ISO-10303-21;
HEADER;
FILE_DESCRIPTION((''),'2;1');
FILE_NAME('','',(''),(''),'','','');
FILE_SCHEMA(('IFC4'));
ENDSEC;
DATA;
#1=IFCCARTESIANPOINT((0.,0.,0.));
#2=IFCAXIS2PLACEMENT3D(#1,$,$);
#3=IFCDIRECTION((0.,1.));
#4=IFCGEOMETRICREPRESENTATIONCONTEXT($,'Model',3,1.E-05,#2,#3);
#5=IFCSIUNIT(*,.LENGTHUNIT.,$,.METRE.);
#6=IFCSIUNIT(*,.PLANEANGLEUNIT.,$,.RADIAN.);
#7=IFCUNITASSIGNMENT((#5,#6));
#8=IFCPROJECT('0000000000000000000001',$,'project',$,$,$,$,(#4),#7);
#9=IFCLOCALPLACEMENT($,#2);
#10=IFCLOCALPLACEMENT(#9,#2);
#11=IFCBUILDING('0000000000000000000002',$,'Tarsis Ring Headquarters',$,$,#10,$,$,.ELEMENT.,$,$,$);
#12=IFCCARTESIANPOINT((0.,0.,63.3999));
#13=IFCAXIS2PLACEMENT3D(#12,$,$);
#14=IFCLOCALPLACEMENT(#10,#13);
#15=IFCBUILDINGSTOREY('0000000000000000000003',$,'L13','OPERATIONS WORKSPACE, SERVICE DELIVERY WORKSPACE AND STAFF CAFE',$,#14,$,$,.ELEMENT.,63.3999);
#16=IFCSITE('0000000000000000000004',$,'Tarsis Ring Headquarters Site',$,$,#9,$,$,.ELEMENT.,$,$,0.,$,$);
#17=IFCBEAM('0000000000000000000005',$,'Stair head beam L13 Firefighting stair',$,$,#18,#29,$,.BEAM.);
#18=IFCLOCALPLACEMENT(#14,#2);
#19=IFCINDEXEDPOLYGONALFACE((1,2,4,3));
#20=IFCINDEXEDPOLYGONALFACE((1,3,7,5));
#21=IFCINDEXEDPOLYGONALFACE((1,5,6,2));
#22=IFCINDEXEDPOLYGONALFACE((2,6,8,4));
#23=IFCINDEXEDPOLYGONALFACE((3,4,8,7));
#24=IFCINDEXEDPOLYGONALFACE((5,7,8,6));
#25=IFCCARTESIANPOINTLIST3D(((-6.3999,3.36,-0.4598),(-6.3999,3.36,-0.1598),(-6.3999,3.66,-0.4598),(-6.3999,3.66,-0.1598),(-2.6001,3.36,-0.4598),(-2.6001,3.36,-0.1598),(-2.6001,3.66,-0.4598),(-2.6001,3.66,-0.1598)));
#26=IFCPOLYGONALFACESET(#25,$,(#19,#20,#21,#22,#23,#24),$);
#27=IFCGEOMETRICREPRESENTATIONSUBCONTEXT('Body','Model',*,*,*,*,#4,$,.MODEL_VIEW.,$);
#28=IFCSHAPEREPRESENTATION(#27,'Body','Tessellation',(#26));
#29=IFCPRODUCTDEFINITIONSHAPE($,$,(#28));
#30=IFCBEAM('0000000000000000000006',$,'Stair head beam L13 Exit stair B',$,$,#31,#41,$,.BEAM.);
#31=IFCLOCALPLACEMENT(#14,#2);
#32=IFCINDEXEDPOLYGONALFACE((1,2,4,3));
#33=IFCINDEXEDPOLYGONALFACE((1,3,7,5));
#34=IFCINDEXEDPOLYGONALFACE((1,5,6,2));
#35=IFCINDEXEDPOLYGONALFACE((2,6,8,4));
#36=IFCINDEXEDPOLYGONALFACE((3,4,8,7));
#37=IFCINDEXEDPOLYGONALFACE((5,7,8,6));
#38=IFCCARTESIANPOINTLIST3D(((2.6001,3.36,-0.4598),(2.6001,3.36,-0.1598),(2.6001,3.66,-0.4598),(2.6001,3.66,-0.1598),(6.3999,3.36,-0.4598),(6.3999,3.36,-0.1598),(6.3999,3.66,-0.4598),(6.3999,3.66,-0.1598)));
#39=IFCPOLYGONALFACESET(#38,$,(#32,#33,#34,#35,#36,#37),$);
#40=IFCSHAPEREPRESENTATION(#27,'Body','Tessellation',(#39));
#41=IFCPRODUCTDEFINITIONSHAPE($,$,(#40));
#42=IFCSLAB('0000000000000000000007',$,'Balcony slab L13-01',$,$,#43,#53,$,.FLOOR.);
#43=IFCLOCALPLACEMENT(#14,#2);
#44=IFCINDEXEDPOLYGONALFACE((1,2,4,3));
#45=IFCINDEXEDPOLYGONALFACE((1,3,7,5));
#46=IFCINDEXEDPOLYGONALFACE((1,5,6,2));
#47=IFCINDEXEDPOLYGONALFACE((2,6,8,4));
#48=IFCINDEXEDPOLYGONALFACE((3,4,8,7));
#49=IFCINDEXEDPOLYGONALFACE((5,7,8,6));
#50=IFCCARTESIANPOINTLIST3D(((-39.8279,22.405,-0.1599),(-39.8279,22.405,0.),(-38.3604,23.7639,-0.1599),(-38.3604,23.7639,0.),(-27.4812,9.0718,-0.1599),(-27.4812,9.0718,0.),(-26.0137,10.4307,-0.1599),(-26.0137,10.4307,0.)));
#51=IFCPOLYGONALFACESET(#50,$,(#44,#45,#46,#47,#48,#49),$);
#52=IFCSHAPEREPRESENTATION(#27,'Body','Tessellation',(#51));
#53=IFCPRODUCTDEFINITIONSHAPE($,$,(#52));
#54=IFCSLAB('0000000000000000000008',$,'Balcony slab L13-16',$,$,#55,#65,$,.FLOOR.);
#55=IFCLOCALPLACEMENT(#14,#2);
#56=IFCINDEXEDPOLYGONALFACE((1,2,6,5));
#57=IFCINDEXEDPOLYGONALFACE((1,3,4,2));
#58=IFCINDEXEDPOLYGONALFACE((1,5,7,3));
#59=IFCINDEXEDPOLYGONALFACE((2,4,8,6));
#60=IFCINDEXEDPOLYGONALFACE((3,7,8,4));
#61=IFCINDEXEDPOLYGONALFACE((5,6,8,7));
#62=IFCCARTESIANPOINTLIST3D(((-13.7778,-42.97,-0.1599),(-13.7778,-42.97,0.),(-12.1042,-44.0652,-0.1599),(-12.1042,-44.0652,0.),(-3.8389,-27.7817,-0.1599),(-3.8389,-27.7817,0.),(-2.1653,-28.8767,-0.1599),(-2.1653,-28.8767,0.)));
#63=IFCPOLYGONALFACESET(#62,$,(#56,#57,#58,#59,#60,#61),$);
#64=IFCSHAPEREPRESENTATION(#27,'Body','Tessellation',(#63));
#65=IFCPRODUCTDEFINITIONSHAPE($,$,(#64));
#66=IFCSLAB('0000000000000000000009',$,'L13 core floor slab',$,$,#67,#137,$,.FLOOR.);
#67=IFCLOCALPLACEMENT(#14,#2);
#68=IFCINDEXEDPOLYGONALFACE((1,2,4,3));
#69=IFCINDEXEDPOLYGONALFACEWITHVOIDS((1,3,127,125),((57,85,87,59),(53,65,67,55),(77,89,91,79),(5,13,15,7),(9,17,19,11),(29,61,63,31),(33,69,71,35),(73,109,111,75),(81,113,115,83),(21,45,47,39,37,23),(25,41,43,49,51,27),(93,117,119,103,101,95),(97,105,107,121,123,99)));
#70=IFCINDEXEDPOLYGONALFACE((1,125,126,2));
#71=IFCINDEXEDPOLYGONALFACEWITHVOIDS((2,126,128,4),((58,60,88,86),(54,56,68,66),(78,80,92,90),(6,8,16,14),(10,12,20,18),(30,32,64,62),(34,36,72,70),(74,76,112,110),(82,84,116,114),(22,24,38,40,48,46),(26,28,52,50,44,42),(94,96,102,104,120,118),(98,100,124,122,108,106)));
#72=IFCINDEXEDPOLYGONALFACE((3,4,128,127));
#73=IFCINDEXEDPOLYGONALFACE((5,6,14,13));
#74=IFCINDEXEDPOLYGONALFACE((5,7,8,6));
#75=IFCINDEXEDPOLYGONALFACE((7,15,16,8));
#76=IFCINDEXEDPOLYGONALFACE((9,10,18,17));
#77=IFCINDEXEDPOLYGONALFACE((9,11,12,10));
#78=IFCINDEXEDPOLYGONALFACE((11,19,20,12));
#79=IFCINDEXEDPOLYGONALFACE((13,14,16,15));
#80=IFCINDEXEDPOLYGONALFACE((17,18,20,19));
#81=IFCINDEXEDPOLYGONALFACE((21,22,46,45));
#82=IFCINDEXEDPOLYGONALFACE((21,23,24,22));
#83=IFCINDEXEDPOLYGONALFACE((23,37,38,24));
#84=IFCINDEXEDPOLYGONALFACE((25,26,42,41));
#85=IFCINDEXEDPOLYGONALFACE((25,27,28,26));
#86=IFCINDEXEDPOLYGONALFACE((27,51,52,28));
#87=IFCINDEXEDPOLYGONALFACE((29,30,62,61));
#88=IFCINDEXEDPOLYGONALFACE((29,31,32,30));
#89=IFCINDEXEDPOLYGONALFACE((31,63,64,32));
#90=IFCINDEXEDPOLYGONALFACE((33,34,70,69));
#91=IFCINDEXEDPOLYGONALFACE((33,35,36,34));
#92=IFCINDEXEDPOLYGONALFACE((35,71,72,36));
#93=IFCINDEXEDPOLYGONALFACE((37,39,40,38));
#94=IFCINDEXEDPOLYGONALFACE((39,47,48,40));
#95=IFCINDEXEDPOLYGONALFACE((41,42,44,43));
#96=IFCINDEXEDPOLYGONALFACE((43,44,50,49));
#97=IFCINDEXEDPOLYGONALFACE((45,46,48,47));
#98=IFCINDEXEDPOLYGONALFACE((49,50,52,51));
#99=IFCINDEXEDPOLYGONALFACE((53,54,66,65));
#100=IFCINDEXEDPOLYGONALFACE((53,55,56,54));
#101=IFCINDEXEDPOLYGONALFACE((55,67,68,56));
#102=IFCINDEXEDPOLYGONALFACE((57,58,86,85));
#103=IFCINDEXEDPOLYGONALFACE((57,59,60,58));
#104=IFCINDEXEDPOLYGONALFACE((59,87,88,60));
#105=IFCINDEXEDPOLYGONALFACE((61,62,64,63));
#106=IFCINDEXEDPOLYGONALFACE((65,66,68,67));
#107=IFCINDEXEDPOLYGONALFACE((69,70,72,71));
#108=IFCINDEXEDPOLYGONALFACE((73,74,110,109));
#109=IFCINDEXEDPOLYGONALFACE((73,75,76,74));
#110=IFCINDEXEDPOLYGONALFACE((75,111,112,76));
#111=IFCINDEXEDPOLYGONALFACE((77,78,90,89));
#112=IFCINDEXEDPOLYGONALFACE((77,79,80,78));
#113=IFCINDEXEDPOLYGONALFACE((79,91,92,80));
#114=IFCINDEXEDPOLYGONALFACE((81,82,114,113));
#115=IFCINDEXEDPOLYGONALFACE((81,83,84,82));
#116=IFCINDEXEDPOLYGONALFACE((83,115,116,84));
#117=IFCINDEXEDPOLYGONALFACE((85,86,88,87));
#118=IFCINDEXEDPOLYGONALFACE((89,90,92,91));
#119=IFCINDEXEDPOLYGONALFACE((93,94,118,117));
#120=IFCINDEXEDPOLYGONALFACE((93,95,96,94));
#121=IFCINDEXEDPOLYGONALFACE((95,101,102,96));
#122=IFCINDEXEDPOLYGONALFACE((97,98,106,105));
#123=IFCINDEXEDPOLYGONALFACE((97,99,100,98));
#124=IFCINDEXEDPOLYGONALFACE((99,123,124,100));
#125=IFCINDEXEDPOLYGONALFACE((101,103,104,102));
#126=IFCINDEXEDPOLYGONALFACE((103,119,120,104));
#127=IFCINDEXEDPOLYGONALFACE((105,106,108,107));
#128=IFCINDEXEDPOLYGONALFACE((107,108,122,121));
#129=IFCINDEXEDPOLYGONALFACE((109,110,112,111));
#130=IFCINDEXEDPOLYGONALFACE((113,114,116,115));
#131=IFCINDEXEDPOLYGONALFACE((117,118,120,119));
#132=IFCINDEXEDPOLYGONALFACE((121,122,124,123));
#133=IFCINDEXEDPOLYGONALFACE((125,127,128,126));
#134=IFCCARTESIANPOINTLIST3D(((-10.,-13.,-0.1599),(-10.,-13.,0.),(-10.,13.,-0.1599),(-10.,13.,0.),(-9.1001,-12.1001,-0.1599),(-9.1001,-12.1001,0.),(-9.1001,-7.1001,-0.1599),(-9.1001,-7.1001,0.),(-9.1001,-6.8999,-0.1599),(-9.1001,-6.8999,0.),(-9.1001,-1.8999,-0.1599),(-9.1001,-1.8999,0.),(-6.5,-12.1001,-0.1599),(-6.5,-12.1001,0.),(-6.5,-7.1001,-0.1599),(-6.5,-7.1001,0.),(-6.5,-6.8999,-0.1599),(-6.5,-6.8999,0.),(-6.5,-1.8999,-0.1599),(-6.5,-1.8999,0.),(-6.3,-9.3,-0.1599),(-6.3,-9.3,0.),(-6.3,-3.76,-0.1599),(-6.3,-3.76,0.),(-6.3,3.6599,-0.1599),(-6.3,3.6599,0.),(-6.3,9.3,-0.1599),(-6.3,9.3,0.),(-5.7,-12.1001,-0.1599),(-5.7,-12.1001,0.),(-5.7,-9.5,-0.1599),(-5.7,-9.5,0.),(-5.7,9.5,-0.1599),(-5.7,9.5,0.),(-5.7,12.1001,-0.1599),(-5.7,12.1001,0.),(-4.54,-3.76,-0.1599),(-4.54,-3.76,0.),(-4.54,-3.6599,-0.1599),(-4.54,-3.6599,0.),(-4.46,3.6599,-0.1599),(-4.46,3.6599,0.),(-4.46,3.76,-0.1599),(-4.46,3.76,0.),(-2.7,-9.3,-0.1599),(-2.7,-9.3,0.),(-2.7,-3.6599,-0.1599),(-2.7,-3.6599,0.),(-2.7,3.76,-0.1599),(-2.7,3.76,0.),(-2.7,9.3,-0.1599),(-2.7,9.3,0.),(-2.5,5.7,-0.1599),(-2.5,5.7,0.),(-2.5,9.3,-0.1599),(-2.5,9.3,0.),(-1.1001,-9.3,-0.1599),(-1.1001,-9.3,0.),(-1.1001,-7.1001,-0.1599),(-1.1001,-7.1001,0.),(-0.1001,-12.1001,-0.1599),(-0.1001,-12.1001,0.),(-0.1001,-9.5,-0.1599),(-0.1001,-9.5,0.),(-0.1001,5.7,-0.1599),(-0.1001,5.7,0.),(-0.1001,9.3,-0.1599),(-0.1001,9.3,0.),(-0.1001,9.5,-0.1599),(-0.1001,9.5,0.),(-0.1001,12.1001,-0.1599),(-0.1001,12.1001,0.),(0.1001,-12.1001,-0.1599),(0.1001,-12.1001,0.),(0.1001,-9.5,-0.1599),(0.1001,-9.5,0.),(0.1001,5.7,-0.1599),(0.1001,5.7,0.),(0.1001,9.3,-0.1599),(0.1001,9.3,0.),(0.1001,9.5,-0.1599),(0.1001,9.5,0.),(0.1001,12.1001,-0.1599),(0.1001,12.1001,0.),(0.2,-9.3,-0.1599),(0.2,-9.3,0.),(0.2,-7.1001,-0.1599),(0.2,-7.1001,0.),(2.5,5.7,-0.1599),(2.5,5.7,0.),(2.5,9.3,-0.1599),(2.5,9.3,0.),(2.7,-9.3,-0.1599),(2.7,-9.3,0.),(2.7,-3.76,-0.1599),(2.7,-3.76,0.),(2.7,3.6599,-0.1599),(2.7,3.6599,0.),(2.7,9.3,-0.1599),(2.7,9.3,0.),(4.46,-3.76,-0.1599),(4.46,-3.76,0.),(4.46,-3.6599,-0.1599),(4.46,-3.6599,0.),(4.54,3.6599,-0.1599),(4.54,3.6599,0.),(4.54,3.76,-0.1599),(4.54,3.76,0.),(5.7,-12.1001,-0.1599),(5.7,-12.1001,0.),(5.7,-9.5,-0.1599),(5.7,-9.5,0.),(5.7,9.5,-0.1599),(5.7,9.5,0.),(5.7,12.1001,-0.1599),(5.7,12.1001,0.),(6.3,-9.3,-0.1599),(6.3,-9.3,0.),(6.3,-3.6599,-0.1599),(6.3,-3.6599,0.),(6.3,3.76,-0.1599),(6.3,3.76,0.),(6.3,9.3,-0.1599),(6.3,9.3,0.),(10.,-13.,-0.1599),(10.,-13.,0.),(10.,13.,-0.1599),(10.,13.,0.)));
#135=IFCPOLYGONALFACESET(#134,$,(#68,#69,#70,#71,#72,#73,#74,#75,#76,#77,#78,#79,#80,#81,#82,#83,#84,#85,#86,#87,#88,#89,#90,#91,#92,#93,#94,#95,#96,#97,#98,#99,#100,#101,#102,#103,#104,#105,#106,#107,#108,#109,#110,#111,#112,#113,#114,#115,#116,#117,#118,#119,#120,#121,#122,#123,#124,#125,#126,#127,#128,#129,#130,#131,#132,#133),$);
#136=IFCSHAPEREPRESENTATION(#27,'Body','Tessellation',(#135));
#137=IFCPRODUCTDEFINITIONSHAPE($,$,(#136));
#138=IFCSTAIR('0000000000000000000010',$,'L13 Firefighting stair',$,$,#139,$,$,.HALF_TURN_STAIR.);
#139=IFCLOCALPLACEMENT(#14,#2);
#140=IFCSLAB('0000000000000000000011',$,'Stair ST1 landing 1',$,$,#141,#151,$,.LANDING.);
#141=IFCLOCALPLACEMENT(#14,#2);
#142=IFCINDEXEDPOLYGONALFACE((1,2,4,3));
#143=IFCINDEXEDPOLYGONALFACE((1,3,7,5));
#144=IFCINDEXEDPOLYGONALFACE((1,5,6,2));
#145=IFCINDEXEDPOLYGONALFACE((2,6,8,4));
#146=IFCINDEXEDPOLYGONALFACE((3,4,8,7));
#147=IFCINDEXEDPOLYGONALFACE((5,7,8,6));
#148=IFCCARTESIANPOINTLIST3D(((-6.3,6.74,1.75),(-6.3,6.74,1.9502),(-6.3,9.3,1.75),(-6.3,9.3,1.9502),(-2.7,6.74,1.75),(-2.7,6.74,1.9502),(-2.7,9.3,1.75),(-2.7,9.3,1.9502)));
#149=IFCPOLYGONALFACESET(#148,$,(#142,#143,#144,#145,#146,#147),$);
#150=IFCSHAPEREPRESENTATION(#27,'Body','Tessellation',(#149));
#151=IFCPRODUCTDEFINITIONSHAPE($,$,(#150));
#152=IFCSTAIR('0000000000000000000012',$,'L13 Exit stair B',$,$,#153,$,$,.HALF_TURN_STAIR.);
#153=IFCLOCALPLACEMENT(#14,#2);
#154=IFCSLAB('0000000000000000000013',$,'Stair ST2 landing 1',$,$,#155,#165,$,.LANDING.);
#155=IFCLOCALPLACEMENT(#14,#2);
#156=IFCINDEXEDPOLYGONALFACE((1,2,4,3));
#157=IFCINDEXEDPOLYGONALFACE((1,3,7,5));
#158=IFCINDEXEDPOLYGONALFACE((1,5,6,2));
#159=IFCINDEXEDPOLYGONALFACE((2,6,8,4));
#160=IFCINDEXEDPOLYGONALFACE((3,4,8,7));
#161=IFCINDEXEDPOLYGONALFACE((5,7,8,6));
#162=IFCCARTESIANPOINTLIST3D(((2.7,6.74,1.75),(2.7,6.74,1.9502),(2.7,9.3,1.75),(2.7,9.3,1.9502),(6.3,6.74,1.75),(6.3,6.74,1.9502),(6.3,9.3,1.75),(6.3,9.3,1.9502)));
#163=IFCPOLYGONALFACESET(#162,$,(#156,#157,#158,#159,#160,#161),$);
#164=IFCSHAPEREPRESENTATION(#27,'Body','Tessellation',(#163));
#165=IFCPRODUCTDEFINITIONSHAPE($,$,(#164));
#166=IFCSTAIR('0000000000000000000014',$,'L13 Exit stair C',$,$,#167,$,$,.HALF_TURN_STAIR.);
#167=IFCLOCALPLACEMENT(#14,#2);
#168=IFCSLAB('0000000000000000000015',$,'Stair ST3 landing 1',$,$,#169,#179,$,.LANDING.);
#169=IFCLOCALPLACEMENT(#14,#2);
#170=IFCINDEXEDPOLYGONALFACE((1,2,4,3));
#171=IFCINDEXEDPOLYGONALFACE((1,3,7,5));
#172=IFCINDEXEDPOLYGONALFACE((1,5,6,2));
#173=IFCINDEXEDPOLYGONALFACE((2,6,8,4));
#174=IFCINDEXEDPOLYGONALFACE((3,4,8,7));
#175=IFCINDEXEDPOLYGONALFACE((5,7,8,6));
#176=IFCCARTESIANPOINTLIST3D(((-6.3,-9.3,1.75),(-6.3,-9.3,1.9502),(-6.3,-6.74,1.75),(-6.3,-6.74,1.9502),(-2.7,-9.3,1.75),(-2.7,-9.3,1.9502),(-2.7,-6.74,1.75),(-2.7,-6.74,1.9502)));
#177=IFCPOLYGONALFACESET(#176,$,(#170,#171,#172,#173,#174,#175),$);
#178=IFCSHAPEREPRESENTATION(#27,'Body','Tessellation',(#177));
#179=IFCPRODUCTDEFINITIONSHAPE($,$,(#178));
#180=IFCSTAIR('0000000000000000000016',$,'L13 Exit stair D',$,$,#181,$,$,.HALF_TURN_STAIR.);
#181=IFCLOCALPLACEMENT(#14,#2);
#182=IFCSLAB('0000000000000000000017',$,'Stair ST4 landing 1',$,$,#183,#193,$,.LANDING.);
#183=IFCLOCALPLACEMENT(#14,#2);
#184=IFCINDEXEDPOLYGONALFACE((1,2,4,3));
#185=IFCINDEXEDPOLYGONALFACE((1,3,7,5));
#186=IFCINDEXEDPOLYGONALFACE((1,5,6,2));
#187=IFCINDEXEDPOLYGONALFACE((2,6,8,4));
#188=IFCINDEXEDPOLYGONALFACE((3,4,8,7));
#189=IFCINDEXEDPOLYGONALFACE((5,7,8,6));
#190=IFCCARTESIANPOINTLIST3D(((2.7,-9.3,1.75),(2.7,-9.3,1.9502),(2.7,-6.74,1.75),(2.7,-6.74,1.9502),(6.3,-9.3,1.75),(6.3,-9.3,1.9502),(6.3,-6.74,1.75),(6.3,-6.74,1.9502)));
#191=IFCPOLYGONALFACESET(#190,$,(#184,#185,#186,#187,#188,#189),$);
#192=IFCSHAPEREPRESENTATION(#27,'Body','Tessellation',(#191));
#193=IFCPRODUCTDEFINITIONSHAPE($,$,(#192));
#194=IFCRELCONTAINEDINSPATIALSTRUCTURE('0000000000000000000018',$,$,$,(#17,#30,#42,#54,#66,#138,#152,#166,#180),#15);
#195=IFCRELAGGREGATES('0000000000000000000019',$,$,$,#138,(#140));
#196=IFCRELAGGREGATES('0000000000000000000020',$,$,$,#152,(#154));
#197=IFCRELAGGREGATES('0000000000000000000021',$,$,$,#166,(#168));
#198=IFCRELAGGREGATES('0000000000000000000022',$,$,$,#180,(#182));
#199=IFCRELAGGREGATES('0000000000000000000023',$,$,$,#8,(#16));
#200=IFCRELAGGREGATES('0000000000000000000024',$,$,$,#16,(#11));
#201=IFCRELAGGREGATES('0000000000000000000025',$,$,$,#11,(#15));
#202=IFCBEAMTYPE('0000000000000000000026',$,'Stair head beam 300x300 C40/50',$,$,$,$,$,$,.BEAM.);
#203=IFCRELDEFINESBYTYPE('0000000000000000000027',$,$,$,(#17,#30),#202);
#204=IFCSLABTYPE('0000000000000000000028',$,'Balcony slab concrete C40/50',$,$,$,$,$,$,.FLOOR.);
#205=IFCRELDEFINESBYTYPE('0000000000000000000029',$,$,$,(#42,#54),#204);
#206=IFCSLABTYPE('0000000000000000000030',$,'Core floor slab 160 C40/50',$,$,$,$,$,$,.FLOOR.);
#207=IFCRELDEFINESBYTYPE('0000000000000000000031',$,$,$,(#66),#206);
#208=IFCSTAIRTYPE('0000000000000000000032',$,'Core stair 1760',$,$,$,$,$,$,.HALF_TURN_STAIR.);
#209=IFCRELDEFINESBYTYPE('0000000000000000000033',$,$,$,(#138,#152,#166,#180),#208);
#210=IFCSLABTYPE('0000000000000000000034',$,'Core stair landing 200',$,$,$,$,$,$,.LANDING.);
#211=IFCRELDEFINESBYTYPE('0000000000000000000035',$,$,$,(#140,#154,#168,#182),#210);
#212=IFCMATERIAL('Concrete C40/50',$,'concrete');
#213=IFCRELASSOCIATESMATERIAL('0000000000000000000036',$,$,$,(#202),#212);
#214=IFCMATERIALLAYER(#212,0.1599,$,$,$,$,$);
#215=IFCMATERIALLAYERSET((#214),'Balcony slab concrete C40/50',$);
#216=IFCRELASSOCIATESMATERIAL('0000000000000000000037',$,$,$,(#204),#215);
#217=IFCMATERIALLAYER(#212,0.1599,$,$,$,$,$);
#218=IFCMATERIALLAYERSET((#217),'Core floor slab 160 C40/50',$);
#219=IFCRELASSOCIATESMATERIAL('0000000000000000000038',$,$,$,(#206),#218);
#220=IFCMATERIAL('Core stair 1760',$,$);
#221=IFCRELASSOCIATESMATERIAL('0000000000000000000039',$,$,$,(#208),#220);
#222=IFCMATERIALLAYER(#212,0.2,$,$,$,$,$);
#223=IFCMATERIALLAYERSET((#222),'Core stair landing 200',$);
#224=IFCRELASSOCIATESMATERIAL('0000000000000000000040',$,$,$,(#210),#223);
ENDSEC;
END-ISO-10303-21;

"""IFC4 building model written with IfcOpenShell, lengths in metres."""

from ifc_helpers import new_model, si_unit, direction, frame, origin, origin_2d, place, context, subcontext, project, spatial, polyline, rectangle, outline, extrude, material, layer, layer_set, material_profile, profile_set, type_object, element, aggregate, save


model = new_model("IFC4")

# Units and contexts
model_context = context("Model", 3, precision=1e-05, world=origin(), true_north=direction((0.0, 1.0)))
body_context = subcontext(model_context, "Body", "Model", "MODEL_VIEW")
ifc_project = project(units=[si_unit("LENGTHUNIT", "METRE"), si_unit("PLANEANGLEUNIT", "RADIAN")], contexts=[model_context])

# Site, building, storey
site_placement = place(None, origin())
site = spatial("IfcSite", under=ifc_project, at=site_placement, Name="Tarsis Ring Headquarters Site", CompositionType="ELEMENT", RefElevation=0.0)
building_placement = place(site_placement, origin())
building = spatial("IfcBuilding", under=site, at=building_placement, Name="Tarsis Ring Headquarters", CompositionType="ELEMENT")
storey_placement = place(building_placement, frame((0.0, 0.0, 63.3999)))
storey = spatial("IfcBuildingStorey", under=building, at=storey_placement, Name="L13", Description="OPERATIONS WORKSPACE, SERVICE DELIVERY WORKSPACE AND STAFF CAFE", CompositionType="ELEMENT", Elevation=63.3999)

# Beams
ifc_material_1 = material(Name="Concrete C40/50", Category="concrete")
ifc_material_profile = material_profile(ifc_material_1, rectangle(XDim=0.3, YDim=0.3, at=origin_2d()), Name="Stair head beam 300x300 C40/50")
ifc_profile_set = profile_set([ifc_material_profile], Name="Concrete C40/50")
beam_type = type_object("IfcBeamType", Name="Stair head beam 300x300 C40/50", PredefinedType="BEAM", material=ifc_profile_set)
for number, where, z_axis, x_axis, name in (
    (1, (-6.3999, 3.51, -0.3098), (1.0, 0.0, 0.0), (0.0, 1.0, 0.0), "Stair head beam L13 Firefighting stair"),
    (2, (2.6001, 3.51, -0.3098), (1.0, 0.0, 0.0), (0.0, 1.0, 0.0), "Stair head beam L13 Exit stair B"),
):
    element("IfcBeam", number, at=place(storey_placement, frame(where, z_axis=z_axis, x_axis=x_axis)), inside=storey, type_object=beam_type, Name=name, PredefinedType="BEAM", context=body_context, shape_type="SweptSolid", body=[
        extrude(rectangle(XDim=0.3, YDim=0.3, at=origin_2d()), origin(), (0.0, 0.0, 1.0), 3.7998),
    ])

# Slabs
ifc_layer_1 = layer(ifc_material_1, 0.1599)
ifc_layer_set_1 = layer_set([ifc_layer_1], Name="Balcony slab concrete C40/50")
slab_type_1 = type_object("IfcSlabType", Name="Balcony slab concrete C40/50", PredefinedType="FLOOR", material=ifc_layer_set_1)
slab_1_placement = place(storey_placement, frame((0.0, 0.0, -0.1599)))
element("IfcSlab", 3, at=slab_1_placement, inside=storey, type_object=slab_type_1, Name="Balcony slab L13-01", PredefinedType="FLOOR", context=body_context, shape_type="SweptSolid", body=[
    extrude(outline(polyline([(-38.3604, 23.7639), (-39.8279, 22.405), (-27.4812, 9.0718), (-26.0137, 10.4307), (-38.3604, 23.7639)])), origin(), (0.0, 0.0, 1.0), 0.1599),
])
slab_2_placement = place(storey_placement, frame((0.0, 0.0, -0.1599)))
element("IfcSlab", 4, at=slab_2_placement, inside=storey, type_object=slab_type_1, Name="Balcony slab L13-16", PredefinedType="FLOOR", context=body_context, shape_type="SweptSolid", body=[
    extrude(outline(polyline([(-13.7778, -42.97), (-12.1042, -44.0652), (-2.1653, -28.8767), (-3.8389, -27.7817), (-13.7778, -42.97)])), origin(), (0.0, 0.0, 1.0), 0.1599),
])
ifc_layer_2 = layer(ifc_material_1, 0.1599)
ifc_layer_set_2 = layer_set([ifc_layer_2], Name="Core floor slab 160 C40/50")
slab_type_2 = type_object("IfcSlabType", Name="Core floor slab 160 C40/50", PredefinedType="FLOOR", material=ifc_layer_set_2)
slab_3_placement = place(storey_placement, frame((0.0, 0.0, -0.1599)))
element("IfcSlab", 5, at=slab_3_placement, inside=storey, type_object=slab_type_2, Name="L13 core floor slab", PredefinedType="FLOOR", context=body_context, shape_type="SweptSolid", body=[
    extrude(outline(polyline([(-10.0, -13.0), (10.0, -13.0), (10.0, 13.0), (-10.0, 13.0), (-10.0, -13.0)]), holes=[polyline([(-2.5, 5.7), (-0.1001, 5.7), (-0.1001, 9.3), (-2.5, 9.3), (-2.5, 5.7)]), polyline([(0.1001, 5.7), (2.5, 5.7), (2.5, 9.3), (0.1001, 9.3), (0.1001, 5.7)]), polyline([(-9.1001, -12.1001), (-6.5, -12.1001), (-6.5, -7.1001), (-9.1001, -7.1001), (-9.1001, -12.1001)]), polyline([(-9.1001, -6.8999), (-6.5, -6.8999), (-6.5, -1.8999), (-9.1001, -1.8999), (-9.1001, -6.8999)]), polyline([(-5.7, 9.5), (-0.1001, 9.5), (-0.1001, 12.1001), (-5.7, 12.1001), (-5.7, 9.5)]), polyline([(0.1001, 9.5), (5.7, 9.5), (5.7, 12.1001), (0.1001, 12.1001), (0.1001, 9.5)]), polyline([(-5.7, -12.1001), (-0.1001, -12.1001), (-0.1001, -9.5), (-5.7, -9.5), (-5.7, -12.1001)]), polyline([(0.1001, -12.1001), (5.7, -12.1001), (5.7, -9.5), (0.1001, -9.5), (0.1001, -12.1001)]), polyline([(-1.1001, -9.3), (0.2, -9.3), (0.2, -7.1001), (-1.1001, -7.1001), (-1.1001, -9.3)]), polyline([(-2.7, 3.76), (-2.7, 9.3), (-6.3, 9.3), (-6.3, 3.6599), (-4.46, 3.6599), (-4.46, 3.76), (-2.7, 3.76)]), polyline([(6.3, 3.76), (6.3, 9.3), (2.7, 9.3), (2.7, 3.6599), (4.54, 3.6599), (4.54, 3.76), (6.3, 3.76)]), polyline([(-6.3, -3.76), (-6.3, -9.3), (-2.7, -9.3), (-2.7, -3.6599), (-4.54, -3.6599), (-4.54, -3.76), (-6.3, -3.76)]), polyline([(2.7, -3.76), (2.7, -9.3), (6.3, -9.3), (6.3, -3.6599), (4.46, -3.6599), (4.46, -3.76), (2.7, -3.76)])]), origin(), (0.0, 0.0, 1.0), 0.1599),
])

# Stairs, slabs
ifc_material_2 = material(Name="Core stair 1760")
stair_type = type_object("IfcStairType", Name="Core stair 1760", PredefinedType="HALF_TURN_STAIR", material=ifc_material_2)
stair_1_placement = place(storey_placement, origin())
stair_1 = element("IfcStair", 6, at=stair_1_placement, inside=storey, type_object=stair_type, Name="L13 Firefighting stair", PredefinedType="HALF_TURN_STAIR")
ifc_layer_3 = layer(ifc_material_1, 0.2)
ifc_layer_set_3 = layer_set([ifc_layer_3], Name="Core stair landing 200")
slab_type_3 = type_object("IfcSlabType", Name="Core stair landing 200", PredefinedType="LANDING", material=ifc_layer_set_3)
slab_4_placement = place(storey_placement, frame((0.0, 0.0, 1.75)))
slab_4 = element("IfcSlab", 7, at=slab_4_placement, type_object=slab_type_3, Name="Stair ST1 landing 1", PredefinedType="LANDING", context=body_context, shape_type="SweptSolid", body=[
    extrude(outline(polyline([(-2.7, 6.74), (-2.7, 9.3), (-6.3, 9.3), (-6.3, 6.74), (-2.7, 6.74)])), origin(), (0.0, 0.0, 1.0), 0.2002),
])
aggregate(stair_1, [slab_4])
stair_2_placement = place(storey_placement, origin())
stair_2 = element("IfcStair", 8, at=stair_2_placement, inside=storey, type_object=stair_type, Name="L13 Exit stair B", PredefinedType="HALF_TURN_STAIR")
slab_5_placement = place(storey_placement, frame((0.0, 0.0, 1.75)))
slab_5 = element("IfcSlab", 9, at=slab_5_placement, type_object=slab_type_3, Name="Stair ST2 landing 1", PredefinedType="LANDING", context=body_context, shape_type="SweptSolid", body=[
    extrude(outline(polyline([(6.3, 6.74), (6.3, 9.3), (2.7, 9.3), (2.7, 6.74), (6.3, 6.74)])), origin(), (0.0, 0.0, 1.0), 0.2002),
])
aggregate(stair_2, [slab_5])
stair_3_placement = place(storey_placement, origin())
stair_3 = element("IfcStair", 10, at=stair_3_placement, inside=storey, type_object=stair_type, Name="L13 Exit stair C", PredefinedType="HALF_TURN_STAIR")
slab_6_placement = place(storey_placement, frame((0.0, 0.0, 1.75)))
slab_6 = element("IfcSlab", 11, at=slab_6_placement, type_object=slab_type_3, Name="Stair ST3 landing 1", PredefinedType="LANDING", context=body_context, shape_type="SweptSolid", body=[
    extrude(outline(polyline([(-6.3, -6.74), (-6.3, -9.3), (-2.7, -9.3), (-2.7, -6.74), (-6.3, -6.74)])), origin(), (0.0, 0.0, 1.0), 0.2002),
])
aggregate(stair_3, [slab_6])
stair_4_placement = place(storey_placement, origin())
stair_4 = element("IfcStair", 12, at=stair_4_placement, inside=storey, type_object=stair_type, Name="L13 Exit stair D", PredefinedType="HALF_TURN_STAIR")
slab_7_placement = place(storey_placement, frame((0.0, 0.0, 1.75)))
slab_7 = element("IfcSlab", 13, at=slab_7_placement, type_object=slab_type_3, Name="Stair ST4 landing 1", PredefinedType="LANDING", context=body_context, shape_type="SweptSolid", body=[
    extrude(outline(polyline([(2.7, -6.74), (2.7, -9.3), (6.3, -9.3), (6.3, -6.74), (2.7, -6.74)])), origin(), (0.0, 0.0, 1.0), 0.2002),
])
aggregate(stair_4, [slab_7])

save(model, "model.ifc")
